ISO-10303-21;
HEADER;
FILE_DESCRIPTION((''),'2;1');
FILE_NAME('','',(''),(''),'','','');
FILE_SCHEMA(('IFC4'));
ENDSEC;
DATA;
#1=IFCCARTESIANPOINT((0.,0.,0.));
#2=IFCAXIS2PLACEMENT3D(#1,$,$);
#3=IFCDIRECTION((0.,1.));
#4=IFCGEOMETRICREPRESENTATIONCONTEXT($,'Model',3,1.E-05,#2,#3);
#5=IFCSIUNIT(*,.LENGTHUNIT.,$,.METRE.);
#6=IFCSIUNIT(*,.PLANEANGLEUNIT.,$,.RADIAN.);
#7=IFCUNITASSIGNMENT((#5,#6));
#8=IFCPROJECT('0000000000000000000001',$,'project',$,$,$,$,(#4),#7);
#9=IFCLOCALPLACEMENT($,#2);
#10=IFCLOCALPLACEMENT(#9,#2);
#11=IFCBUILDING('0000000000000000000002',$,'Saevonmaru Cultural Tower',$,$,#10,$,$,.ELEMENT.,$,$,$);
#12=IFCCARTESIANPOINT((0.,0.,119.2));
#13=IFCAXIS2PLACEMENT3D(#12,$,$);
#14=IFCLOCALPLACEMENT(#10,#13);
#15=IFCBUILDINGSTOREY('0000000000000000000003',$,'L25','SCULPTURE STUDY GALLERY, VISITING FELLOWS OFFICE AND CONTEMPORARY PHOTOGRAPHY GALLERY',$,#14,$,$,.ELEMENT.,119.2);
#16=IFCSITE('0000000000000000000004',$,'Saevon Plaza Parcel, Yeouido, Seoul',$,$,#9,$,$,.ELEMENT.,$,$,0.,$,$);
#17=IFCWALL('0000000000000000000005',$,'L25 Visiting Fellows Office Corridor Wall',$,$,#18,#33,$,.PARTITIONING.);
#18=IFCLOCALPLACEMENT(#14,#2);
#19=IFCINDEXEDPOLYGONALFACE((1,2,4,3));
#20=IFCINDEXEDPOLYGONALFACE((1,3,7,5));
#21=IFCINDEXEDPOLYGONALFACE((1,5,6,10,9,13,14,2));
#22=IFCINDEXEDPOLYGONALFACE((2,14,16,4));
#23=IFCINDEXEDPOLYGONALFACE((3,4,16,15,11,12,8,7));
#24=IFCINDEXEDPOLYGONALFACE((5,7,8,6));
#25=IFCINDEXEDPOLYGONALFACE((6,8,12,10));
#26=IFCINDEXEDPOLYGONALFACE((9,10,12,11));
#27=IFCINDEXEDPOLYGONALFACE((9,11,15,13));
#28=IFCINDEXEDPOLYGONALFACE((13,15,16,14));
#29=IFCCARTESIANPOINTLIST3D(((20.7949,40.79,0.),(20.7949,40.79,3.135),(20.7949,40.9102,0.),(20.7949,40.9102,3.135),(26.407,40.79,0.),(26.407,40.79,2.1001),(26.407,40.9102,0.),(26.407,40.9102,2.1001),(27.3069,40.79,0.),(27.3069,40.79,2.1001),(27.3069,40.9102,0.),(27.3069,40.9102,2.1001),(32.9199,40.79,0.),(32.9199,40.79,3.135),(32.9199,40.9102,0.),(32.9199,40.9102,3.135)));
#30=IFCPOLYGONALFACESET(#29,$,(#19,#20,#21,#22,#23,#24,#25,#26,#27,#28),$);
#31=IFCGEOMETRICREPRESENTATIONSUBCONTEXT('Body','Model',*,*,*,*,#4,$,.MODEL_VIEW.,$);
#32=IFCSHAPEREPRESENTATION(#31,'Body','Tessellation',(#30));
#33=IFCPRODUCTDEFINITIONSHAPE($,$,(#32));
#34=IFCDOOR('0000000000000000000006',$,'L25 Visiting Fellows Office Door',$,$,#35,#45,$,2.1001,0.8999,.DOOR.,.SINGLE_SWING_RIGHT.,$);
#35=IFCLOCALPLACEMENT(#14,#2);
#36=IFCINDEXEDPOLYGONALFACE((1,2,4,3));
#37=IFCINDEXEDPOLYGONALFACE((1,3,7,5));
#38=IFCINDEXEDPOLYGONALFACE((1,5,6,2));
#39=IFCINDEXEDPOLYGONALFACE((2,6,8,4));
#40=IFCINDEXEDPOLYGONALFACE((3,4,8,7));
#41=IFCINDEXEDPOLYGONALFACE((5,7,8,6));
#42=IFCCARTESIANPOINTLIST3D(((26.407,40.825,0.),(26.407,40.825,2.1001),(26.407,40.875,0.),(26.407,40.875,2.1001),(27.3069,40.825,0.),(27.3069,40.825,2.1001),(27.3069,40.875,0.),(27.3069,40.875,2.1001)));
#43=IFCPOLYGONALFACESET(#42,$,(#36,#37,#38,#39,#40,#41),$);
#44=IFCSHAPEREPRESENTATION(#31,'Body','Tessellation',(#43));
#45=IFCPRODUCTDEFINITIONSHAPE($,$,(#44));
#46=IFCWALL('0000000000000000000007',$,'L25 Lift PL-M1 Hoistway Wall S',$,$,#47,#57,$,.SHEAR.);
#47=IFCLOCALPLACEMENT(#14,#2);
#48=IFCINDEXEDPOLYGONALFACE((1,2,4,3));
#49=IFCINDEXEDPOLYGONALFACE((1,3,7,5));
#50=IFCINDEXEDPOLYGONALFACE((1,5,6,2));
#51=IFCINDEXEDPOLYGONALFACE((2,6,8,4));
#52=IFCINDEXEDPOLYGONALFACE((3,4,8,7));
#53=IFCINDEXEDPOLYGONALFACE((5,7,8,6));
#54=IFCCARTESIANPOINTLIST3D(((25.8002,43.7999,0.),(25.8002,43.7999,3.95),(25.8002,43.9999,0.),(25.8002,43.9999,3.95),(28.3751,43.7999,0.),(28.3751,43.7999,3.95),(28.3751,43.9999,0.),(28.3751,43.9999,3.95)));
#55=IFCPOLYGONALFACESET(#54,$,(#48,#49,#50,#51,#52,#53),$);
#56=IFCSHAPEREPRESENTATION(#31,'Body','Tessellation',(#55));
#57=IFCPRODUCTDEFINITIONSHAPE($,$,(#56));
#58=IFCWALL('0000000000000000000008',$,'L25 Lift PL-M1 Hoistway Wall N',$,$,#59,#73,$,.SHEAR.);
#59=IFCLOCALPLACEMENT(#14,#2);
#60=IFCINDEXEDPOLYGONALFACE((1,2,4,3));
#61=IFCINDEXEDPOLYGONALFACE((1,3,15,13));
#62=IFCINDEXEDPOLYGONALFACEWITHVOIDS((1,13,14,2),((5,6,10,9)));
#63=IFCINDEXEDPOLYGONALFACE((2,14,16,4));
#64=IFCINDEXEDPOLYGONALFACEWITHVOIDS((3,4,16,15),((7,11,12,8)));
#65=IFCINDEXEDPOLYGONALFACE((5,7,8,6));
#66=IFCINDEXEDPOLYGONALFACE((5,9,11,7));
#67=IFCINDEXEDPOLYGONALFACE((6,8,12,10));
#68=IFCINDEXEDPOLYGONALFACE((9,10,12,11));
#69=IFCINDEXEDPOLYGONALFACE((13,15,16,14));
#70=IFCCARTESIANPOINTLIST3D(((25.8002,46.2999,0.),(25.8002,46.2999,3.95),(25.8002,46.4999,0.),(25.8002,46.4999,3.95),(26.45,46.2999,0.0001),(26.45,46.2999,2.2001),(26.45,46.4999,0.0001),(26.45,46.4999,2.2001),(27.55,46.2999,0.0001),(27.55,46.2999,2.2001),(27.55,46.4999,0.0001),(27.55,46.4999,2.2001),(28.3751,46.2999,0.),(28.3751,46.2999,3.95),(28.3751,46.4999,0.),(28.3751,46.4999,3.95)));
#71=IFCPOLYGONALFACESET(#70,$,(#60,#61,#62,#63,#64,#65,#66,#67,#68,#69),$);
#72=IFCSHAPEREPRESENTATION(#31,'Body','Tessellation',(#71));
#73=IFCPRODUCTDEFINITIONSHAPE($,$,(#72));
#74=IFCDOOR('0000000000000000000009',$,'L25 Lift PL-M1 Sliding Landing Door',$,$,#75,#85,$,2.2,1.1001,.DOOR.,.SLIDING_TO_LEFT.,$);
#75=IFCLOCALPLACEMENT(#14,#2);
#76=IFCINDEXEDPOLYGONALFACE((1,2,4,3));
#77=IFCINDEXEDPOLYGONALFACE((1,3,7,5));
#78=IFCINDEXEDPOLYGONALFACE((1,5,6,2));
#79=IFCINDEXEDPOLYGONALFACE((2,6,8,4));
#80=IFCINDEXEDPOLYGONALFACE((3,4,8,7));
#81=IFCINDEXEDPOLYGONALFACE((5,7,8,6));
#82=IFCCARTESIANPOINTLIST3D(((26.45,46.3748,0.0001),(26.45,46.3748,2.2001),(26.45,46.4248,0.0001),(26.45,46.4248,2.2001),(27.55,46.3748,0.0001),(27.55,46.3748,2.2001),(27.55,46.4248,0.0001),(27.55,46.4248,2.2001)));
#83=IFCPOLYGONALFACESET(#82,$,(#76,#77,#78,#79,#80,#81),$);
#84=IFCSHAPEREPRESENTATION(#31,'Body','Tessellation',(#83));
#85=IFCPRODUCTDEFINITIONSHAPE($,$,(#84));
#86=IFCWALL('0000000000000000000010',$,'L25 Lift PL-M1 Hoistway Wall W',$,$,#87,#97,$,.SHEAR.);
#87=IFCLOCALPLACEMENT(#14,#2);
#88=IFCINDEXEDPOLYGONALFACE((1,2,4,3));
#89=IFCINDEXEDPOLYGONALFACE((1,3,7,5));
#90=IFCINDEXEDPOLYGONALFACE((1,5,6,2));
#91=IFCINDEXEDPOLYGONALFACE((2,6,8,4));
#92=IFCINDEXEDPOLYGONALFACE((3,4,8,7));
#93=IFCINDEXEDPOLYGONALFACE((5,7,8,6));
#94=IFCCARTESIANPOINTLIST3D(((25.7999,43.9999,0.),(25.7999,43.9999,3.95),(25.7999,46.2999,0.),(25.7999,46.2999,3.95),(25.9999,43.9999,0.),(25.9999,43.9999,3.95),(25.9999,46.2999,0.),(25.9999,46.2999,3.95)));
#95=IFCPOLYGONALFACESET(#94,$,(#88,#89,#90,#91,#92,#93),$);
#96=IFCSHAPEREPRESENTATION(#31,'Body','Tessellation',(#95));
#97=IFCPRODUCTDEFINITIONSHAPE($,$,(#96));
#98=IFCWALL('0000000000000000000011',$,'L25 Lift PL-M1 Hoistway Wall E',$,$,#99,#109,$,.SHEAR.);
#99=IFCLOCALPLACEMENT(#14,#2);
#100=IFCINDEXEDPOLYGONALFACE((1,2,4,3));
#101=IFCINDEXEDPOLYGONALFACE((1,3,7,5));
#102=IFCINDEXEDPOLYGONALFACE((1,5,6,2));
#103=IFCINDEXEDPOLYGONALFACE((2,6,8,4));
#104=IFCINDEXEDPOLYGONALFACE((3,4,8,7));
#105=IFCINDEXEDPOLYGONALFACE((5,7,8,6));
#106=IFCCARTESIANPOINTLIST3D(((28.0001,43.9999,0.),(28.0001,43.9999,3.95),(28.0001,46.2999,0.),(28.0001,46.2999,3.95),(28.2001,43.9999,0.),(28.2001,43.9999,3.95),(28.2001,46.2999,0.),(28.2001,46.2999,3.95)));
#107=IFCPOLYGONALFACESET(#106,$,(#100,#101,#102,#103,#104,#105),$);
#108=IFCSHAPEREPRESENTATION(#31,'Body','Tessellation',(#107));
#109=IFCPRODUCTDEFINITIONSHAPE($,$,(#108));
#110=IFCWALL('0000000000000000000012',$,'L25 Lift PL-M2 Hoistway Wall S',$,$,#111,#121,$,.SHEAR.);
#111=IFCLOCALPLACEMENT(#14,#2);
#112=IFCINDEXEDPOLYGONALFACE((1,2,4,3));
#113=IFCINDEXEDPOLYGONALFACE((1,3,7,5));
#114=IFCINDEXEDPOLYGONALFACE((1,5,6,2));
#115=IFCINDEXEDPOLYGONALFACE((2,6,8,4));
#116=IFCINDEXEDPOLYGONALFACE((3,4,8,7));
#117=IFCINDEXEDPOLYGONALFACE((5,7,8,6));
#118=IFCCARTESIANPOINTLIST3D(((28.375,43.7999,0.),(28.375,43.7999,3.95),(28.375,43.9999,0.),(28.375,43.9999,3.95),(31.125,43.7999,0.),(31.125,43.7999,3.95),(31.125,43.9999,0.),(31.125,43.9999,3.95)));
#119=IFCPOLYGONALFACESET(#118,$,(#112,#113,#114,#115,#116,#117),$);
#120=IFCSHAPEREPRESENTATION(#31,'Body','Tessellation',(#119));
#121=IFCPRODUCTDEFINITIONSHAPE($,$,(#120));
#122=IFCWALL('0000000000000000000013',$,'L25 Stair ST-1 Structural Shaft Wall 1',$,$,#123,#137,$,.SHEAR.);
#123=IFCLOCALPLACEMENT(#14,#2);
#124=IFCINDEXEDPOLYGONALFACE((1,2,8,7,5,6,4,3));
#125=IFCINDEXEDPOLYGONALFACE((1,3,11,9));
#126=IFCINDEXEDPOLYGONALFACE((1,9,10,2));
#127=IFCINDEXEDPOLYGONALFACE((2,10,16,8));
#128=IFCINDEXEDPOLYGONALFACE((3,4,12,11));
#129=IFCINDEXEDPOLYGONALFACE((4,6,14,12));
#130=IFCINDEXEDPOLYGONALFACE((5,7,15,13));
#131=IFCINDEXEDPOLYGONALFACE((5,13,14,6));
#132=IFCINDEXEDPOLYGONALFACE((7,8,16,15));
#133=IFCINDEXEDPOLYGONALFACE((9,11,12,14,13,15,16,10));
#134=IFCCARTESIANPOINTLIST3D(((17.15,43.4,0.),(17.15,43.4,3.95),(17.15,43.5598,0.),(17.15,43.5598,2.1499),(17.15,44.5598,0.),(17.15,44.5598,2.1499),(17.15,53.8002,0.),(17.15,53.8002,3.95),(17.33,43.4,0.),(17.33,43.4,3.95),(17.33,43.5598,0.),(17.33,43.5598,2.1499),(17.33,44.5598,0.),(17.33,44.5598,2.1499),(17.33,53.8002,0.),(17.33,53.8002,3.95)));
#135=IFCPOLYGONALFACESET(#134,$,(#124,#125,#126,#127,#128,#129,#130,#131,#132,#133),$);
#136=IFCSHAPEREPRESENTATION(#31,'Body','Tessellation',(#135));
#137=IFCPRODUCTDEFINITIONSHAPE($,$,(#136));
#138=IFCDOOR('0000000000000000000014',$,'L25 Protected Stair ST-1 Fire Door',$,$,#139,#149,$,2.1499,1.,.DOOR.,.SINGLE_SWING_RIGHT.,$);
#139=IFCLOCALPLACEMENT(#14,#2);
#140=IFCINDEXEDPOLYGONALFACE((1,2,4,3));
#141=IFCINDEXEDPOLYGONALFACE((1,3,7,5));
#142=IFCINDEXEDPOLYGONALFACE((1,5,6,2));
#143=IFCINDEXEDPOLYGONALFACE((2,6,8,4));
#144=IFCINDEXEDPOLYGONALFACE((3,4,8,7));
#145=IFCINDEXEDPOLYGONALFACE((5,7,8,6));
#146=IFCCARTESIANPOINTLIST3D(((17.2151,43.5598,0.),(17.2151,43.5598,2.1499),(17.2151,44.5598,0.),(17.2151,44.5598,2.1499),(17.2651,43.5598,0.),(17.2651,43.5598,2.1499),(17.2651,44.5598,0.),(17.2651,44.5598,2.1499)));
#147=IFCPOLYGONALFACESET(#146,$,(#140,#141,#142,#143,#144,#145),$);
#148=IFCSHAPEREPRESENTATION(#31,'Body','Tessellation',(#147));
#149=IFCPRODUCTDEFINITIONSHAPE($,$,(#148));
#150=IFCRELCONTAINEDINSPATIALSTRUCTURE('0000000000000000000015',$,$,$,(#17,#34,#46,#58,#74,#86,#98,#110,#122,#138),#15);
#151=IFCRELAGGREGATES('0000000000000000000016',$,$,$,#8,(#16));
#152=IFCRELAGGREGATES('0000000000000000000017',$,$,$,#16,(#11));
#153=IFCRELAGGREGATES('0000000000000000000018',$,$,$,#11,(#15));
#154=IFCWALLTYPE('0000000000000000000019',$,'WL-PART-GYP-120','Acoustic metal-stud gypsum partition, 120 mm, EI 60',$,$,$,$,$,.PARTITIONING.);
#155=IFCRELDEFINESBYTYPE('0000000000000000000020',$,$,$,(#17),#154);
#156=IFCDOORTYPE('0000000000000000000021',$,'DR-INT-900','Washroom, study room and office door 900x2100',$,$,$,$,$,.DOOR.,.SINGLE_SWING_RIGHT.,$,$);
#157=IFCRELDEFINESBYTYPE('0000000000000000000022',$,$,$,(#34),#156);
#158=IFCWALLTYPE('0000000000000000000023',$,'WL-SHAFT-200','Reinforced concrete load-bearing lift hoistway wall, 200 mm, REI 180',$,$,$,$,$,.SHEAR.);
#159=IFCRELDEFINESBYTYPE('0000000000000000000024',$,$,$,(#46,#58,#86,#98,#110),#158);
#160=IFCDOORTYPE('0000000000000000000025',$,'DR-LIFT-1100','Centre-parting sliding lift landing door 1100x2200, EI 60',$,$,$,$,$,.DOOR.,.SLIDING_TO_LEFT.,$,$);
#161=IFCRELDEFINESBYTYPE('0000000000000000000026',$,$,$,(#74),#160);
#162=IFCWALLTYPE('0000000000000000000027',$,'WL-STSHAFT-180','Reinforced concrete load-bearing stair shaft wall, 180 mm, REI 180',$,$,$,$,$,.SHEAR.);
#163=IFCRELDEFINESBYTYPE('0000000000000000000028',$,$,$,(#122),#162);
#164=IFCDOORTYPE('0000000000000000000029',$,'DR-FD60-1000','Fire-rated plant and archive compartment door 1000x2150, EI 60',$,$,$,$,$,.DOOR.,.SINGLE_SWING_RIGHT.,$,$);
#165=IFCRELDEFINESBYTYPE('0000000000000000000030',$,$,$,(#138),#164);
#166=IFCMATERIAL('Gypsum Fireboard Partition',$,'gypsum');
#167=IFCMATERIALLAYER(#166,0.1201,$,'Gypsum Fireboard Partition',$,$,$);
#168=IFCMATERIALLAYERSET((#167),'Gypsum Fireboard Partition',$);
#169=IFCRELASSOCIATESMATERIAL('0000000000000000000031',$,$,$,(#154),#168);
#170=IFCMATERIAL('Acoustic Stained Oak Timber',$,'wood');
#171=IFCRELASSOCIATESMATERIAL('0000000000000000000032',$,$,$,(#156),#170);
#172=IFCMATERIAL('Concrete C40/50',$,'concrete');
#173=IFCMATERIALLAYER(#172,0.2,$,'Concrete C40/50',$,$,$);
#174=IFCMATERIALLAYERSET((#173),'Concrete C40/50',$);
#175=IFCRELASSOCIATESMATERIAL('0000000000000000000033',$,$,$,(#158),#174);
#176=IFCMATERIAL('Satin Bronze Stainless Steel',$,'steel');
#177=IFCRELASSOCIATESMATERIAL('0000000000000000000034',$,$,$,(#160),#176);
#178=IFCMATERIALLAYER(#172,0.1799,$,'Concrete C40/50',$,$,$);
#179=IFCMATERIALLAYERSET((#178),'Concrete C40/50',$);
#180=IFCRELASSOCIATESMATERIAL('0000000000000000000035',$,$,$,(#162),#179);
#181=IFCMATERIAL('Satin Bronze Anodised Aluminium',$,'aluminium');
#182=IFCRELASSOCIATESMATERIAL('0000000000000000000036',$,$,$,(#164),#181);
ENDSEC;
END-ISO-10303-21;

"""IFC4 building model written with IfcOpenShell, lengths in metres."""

from ifc_helpers import new_model, si_unit, direction, frame, frame_2d, origin, place, context, subcontext, project, spatial, rectangle, extrude, material, layer, layer_set, type_object, element, fill, save


model = new_model("IFC4")

# Units and contexts
model_context = context("Model", 3, precision=1e-05, world=origin(), true_north=direction((0.0, 1.0)))
body_context = subcontext(model_context, "Body", "Model", "MODEL_VIEW")
ifc_project = project(units=[si_unit("LENGTHUNIT", "METRE"), si_unit("PLANEANGLEUNIT", "RADIAN")], contexts=[model_context])

# Site, building, storey
site_placement = place(None, origin())
site = spatial("IfcSite", under=ifc_project, at=site_placement, Name="Saevon Plaza Parcel, Yeouido, Seoul", CompositionType="ELEMENT", RefElevation=0.0)
building_placement = place(site_placement, origin())
building = spatial("IfcBuilding", under=site, at=building_placement, Name="Saevonmaru Cultural Tower", CompositionType="ELEMENT")
storey_placement = place(building_placement, frame((0.0, 0.0, 119.2)))
storey = spatial("IfcBuildingStorey", under=building, at=storey_placement, Name="L25", Description="SCULPTURE STUDY GALLERY, VISITING FELLOWS OFFICE AND CONTEMPORARY PHOTOGRAPHY GALLERY", CompositionType="ELEMENT", Elevation=119.2)

# Shared definitions
ifc_material_1 = material(Name="Gypsum Fireboard Partition", Category="gypsum")
ifc_material_2 = material(Name="Satin Bronze Anodised Aluminium", Category="aluminium")

# Wall, opening, door
ifc_layer_1 = layer(ifc_material_1, 0.1201, Name="Gypsum Fireboard Partition")
ifc_layer_set_1 = layer_set([ifc_layer_1], Name="Gypsum Fireboard Partition")
wall_type_1 = type_object("IfcWallType", Name="WL-PART-GYP-120", Description="Acoustic metal-stud gypsum partition, 120 mm, EI 60", PredefinedType="PARTITIONING", material=ifc_layer_set_1)
ifc_material_3 = material(Name="Acoustic Stained Oak Timber", Category="wood")
door_type_1 = type_object("IfcDoorType", Name="DR-INT-900", Description="Washroom, study room and office door 900x2100", OperationType="SINGLE_SWING_RIGHT", PredefinedType="DOOR", material=ifc_material_3)
wall_1_placement = place(storey_placement, frame((20.7949, 40.8501, 0.0), z_axis=(0.0, 0.0, 1.0), x_axis=(1.0, 0.0, 0.0)))
wall_1 = element("IfcWall", 1, at=wall_1_placement, inside=storey, type_object=wall_type_1, Name="L25 Visiting Fellows Office Corridor Wall", PredefinedType="PARTITIONING", context=body_context, shape_type="SweptSolid", body=[
    extrude(rectangle(XDim=12.125, YDim=0.1201, at=frame_2d((6.0625, 0.0))), origin(), (0.0, 0.0, 1.0), 3.135),
])
opening_1_placement = place(wall_1_placement, frame((5.6121, 0.0, 0.0)))
opening_1 = element("IfcOpeningElement", 2, at=opening_1_placement, cuts=wall_1, PredefinedType="OPENING", context=body_context, shape_type="SweptSolid", body=[
    extrude(rectangle(XDim=0.8999, YDim=2.1001, at=frame_2d((0.45, 1.05))), frame((0.0, 0.0701, 0.0), z_axis=(0.0, -1.0, 0.0), x_axis=(1.0, 0.0, 0.0)), (0.0, 0.0, 1.0), 0.1401),
])
door_1_placement = place(opening_1_placement, origin())
door_1 = element("IfcDoor", 3, at=door_1_placement, inside=storey, type_object=door_type_1, Name="L25 Visiting Fellows Office Door", OperationType="SINGLE_SWING_RIGHT", OverallHeight=2.1001, OverallWidth=0.8999, PredefinedType="DOOR", context=body_context, shape_type="SweptSolid", body=[
    extrude(rectangle(XDim=0.8999, YDim=2.1001, at=frame_2d((0.45, 1.05))), frame((0.0, 0.0249, 0.0), z_axis=(0.0, -1.0, 0.0), x_axis=(1.0, 0.0, 0.0)), (0.0, 0.0, 1.0), 0.05),
])
fill(opening_1, door_1)

# Wall
ifc_material_4 = material(Name="Concrete C40/50", Category="concrete")
ifc_layer_2 = layer(ifc_material_4, 0.2, Name="Concrete C40/50")
ifc_layer_set_2 = layer_set([ifc_layer_2], Name="Concrete C40/50")
wall_type_2 = type_object("IfcWallType", Name="WL-SHAFT-200", Description="Reinforced concrete load-bearing lift hoistway wall, 200 mm, REI 180", PredefinedType="SHEAR", material=ifc_layer_set_2)
wall_2_placement = place(storey_placement, frame((25.8, 43.8999, 0.0), z_axis=(0.0, 0.0, 1.0), x_axis=(1.0, 0.0, 0.0)))
element("IfcWall", 4, at=wall_2_placement, inside=storey, type_object=wall_type_2, Name="L25 Lift PL-M1 Hoistway Wall S", PredefinedType="SHEAR", context=body_context, shape_type="SweptSolid", body=[
    extrude(rectangle(XDim=2.575, YDim=0.2, at=frame_2d((1.2876, 0.0))), origin(), (0.0, 0.0, 1.0), 3.95),
])

# Wall, opening, door
wall_3_placement = place(storey_placement, frame((25.8, 46.3999, 0.0), z_axis=(0.0, 0.0, 1.0), x_axis=(1.0, 0.0, 0.0)))
wall_3 = element("IfcWall", 5, at=wall_3_placement, inside=storey, type_object=wall_type_2, Name="L25 Lift PL-M1 Hoistway Wall N", PredefinedType="SHEAR", context=body_context, shape_type="SweptSolid", body=[
    extrude(rectangle(XDim=2.575, YDim=0.2, at=frame_2d((1.2876, 0.0))), origin(), (0.0, 0.0, 1.0), 3.95),
])
opening_2_placement = place(wall_3_placement, frame((0.6499, 0.0, 0.0)))
opening_2 = element("IfcOpeningElement", 6, at=opening_2_placement, cuts=wall_3, PredefinedType="OPENING", context=body_context, shape_type="SweptSolid", body=[
    extrude(rectangle(XDim=1.1001, YDim=2.2, at=frame_2d((0.55, 1.1001))), frame((0.0, 0.1099, 0.0), z_axis=(0.0, -1.0, 0.0), x_axis=(1.0, 0.0, 0.0)), (0.0, 0.0, 1.0), 0.22),
])
ifc_material_5 = material(Name="Satin Bronze Stainless Steel", Category="steel")
door_type_2 = type_object("IfcDoorType", Name="DR-LIFT-1100", Description="Centre-parting sliding lift landing door 1100x2200, EI 60", OperationType="SLIDING_TO_LEFT", PredefinedType="DOOR", material=ifc_material_5)
door_2_placement = place(opening_2_placement, origin())
door_2 = element("IfcDoor", 7, at=door_2_placement, inside=storey, type_object=door_type_2, Name="L25 Lift PL-M1 Sliding Landing Door", OperationType="SLIDING_TO_LEFT", OverallHeight=2.2, OverallWidth=1.1001, PredefinedType="DOOR", context=body_context, shape_type="SweptSolid", body=[
    extrude(rectangle(XDim=1.1001, YDim=2.2, at=frame_2d((0.55, 1.1001))), frame((0.0, 0.0249, 0.0), z_axis=(0.0, -1.0, 0.0), x_axis=(1.0, 0.0, 0.0)), (0.0, 0.0, 1.0), 0.05),
])
fill(opening_2, door_2)

# Walls
for number, where, z_axis, x_axis, name in (
    (8, (25.8999, 44.0, 0.0), (0.0, 0.0, 1.0), (0.0, 1.0, 0.0), "L25 Lift PL-M1 Hoistway Wall W"),
    (9, (28.1001, 44.0, 0.0), (0.0, 0.0, 1.0), (0.0, 1.0, 0.0), "L25 Lift PL-M1 Hoistway Wall E"),
):
    element("IfcWall", number, at=place(storey_placement, frame(where, z_axis=z_axis, x_axis=x_axis)), inside=storey, type_object=wall_type_2, Name=name, PredefinedType="SHEAR", context=body_context, shape_type="SweptSolid", body=[
        extrude(rectangle(XDim=2.3, YDim=0.2, at=frame_2d((1.1499, 0.0))), origin(), (0.0, 0.0, 1.0), 3.95),
    ])
wall_4_placement = place(storey_placement, frame((28.375, 43.8999, 0.0), z_axis=(0.0, 0.0, 1.0), x_axis=(1.0, 0.0, 0.0)))
element("IfcWall", 10, at=wall_4_placement, inside=storey, type_object=wall_type_2, Name="L25 Lift PL-M2 Hoistway Wall S", PredefinedType="SHEAR", context=body_context, shape_type="SweptSolid", body=[
    extrude(rectangle(XDim=2.75, YDim=0.2, at=frame_2d((1.375, 0.0))), origin(), (0.0, 0.0, 1.0), 3.95),
])

# Wall, opening, door
ifc_layer_3 = layer(ifc_material_4, 0.1799, Name="Concrete C40/50")
ifc_layer_set_3 = layer_set([ifc_layer_3], Name="Concrete C40/50")
wall_type_3 = type_object("IfcWallType", Name="WL-STSHAFT-180", Description="Reinforced concrete load-bearing stair shaft wall, 180 mm, REI 180", PredefinedType="SHEAR", material=ifc_layer_set_3)
wall_5_placement = place(storey_placement, frame((17.24, 43.3999, 0.0), z_axis=(0.0, 0.0, 1.0), x_axis=(0.0, 1.0, 0.0)))
wall_5 = element("IfcWall", 11, at=wall_5_placement, inside=storey, type_object=wall_type_3, Name="L25 Stair ST-1 Structural Shaft Wall 1", PredefinedType="SHEAR", context=body_context, shape_type="SweptSolid", body=[
    extrude(rectangle(XDim=10.4001, YDim=0.1799, at=frame_2d((5.2002, 0.0))), origin(), (0.0, 0.0, 1.0), 3.95),
])
opening_3_placement = place(wall_5_placement, frame((0.1599, 0.0, 0.0)))
opening_3 = element("IfcOpeningElement", 12, at=opening_3_placement, cuts=wall_5, PredefinedType="OPENING", context=body_context, shape_type="SweptSolid", body=[
    extrude(rectangle(XDim=1.0, YDim=2.1499, at=frame_2d((0.5, 1.075))), frame((0.0, 0.1001, 0.0), z_axis=(0.0, -1.0, 0.0), x_axis=(1.0, 0.0, 0.0)), (0.0, 0.0, 1.0), 0.2),
])
door_type_3 = type_object("IfcDoorType", Name="DR-FD60-1000", Description="Fire-rated plant and archive compartment door 1000x2150, EI 60", OperationType="SINGLE_SWING_RIGHT", PredefinedType="DOOR", material=ifc_material_2)
door_3_placement = place(opening_3_placement, origin())
door_3 = element("IfcDoor", 13, at=door_3_placement, inside=storey, type_object=door_type_3, Name="L25 Protected Stair ST-1 Fire Door", OperationType="SINGLE_SWING_RIGHT", OverallHeight=2.1499, OverallWidth=1.0, PredefinedType="DOOR", context=body_context, shape_type="SweptSolid", body=[
    extrude(rectangle(XDim=1.0, YDim=2.1499, at=frame_2d((0.5, 1.075))), frame((0.0, 0.0249, 0.0), z_axis=(0.0, -1.0, 0.0), x_axis=(1.0, 0.0, 0.0)), (0.0, 0.0, 1.0), 0.05),
])
fill(opening_3, door_3)

save(model, "model.ifc")
